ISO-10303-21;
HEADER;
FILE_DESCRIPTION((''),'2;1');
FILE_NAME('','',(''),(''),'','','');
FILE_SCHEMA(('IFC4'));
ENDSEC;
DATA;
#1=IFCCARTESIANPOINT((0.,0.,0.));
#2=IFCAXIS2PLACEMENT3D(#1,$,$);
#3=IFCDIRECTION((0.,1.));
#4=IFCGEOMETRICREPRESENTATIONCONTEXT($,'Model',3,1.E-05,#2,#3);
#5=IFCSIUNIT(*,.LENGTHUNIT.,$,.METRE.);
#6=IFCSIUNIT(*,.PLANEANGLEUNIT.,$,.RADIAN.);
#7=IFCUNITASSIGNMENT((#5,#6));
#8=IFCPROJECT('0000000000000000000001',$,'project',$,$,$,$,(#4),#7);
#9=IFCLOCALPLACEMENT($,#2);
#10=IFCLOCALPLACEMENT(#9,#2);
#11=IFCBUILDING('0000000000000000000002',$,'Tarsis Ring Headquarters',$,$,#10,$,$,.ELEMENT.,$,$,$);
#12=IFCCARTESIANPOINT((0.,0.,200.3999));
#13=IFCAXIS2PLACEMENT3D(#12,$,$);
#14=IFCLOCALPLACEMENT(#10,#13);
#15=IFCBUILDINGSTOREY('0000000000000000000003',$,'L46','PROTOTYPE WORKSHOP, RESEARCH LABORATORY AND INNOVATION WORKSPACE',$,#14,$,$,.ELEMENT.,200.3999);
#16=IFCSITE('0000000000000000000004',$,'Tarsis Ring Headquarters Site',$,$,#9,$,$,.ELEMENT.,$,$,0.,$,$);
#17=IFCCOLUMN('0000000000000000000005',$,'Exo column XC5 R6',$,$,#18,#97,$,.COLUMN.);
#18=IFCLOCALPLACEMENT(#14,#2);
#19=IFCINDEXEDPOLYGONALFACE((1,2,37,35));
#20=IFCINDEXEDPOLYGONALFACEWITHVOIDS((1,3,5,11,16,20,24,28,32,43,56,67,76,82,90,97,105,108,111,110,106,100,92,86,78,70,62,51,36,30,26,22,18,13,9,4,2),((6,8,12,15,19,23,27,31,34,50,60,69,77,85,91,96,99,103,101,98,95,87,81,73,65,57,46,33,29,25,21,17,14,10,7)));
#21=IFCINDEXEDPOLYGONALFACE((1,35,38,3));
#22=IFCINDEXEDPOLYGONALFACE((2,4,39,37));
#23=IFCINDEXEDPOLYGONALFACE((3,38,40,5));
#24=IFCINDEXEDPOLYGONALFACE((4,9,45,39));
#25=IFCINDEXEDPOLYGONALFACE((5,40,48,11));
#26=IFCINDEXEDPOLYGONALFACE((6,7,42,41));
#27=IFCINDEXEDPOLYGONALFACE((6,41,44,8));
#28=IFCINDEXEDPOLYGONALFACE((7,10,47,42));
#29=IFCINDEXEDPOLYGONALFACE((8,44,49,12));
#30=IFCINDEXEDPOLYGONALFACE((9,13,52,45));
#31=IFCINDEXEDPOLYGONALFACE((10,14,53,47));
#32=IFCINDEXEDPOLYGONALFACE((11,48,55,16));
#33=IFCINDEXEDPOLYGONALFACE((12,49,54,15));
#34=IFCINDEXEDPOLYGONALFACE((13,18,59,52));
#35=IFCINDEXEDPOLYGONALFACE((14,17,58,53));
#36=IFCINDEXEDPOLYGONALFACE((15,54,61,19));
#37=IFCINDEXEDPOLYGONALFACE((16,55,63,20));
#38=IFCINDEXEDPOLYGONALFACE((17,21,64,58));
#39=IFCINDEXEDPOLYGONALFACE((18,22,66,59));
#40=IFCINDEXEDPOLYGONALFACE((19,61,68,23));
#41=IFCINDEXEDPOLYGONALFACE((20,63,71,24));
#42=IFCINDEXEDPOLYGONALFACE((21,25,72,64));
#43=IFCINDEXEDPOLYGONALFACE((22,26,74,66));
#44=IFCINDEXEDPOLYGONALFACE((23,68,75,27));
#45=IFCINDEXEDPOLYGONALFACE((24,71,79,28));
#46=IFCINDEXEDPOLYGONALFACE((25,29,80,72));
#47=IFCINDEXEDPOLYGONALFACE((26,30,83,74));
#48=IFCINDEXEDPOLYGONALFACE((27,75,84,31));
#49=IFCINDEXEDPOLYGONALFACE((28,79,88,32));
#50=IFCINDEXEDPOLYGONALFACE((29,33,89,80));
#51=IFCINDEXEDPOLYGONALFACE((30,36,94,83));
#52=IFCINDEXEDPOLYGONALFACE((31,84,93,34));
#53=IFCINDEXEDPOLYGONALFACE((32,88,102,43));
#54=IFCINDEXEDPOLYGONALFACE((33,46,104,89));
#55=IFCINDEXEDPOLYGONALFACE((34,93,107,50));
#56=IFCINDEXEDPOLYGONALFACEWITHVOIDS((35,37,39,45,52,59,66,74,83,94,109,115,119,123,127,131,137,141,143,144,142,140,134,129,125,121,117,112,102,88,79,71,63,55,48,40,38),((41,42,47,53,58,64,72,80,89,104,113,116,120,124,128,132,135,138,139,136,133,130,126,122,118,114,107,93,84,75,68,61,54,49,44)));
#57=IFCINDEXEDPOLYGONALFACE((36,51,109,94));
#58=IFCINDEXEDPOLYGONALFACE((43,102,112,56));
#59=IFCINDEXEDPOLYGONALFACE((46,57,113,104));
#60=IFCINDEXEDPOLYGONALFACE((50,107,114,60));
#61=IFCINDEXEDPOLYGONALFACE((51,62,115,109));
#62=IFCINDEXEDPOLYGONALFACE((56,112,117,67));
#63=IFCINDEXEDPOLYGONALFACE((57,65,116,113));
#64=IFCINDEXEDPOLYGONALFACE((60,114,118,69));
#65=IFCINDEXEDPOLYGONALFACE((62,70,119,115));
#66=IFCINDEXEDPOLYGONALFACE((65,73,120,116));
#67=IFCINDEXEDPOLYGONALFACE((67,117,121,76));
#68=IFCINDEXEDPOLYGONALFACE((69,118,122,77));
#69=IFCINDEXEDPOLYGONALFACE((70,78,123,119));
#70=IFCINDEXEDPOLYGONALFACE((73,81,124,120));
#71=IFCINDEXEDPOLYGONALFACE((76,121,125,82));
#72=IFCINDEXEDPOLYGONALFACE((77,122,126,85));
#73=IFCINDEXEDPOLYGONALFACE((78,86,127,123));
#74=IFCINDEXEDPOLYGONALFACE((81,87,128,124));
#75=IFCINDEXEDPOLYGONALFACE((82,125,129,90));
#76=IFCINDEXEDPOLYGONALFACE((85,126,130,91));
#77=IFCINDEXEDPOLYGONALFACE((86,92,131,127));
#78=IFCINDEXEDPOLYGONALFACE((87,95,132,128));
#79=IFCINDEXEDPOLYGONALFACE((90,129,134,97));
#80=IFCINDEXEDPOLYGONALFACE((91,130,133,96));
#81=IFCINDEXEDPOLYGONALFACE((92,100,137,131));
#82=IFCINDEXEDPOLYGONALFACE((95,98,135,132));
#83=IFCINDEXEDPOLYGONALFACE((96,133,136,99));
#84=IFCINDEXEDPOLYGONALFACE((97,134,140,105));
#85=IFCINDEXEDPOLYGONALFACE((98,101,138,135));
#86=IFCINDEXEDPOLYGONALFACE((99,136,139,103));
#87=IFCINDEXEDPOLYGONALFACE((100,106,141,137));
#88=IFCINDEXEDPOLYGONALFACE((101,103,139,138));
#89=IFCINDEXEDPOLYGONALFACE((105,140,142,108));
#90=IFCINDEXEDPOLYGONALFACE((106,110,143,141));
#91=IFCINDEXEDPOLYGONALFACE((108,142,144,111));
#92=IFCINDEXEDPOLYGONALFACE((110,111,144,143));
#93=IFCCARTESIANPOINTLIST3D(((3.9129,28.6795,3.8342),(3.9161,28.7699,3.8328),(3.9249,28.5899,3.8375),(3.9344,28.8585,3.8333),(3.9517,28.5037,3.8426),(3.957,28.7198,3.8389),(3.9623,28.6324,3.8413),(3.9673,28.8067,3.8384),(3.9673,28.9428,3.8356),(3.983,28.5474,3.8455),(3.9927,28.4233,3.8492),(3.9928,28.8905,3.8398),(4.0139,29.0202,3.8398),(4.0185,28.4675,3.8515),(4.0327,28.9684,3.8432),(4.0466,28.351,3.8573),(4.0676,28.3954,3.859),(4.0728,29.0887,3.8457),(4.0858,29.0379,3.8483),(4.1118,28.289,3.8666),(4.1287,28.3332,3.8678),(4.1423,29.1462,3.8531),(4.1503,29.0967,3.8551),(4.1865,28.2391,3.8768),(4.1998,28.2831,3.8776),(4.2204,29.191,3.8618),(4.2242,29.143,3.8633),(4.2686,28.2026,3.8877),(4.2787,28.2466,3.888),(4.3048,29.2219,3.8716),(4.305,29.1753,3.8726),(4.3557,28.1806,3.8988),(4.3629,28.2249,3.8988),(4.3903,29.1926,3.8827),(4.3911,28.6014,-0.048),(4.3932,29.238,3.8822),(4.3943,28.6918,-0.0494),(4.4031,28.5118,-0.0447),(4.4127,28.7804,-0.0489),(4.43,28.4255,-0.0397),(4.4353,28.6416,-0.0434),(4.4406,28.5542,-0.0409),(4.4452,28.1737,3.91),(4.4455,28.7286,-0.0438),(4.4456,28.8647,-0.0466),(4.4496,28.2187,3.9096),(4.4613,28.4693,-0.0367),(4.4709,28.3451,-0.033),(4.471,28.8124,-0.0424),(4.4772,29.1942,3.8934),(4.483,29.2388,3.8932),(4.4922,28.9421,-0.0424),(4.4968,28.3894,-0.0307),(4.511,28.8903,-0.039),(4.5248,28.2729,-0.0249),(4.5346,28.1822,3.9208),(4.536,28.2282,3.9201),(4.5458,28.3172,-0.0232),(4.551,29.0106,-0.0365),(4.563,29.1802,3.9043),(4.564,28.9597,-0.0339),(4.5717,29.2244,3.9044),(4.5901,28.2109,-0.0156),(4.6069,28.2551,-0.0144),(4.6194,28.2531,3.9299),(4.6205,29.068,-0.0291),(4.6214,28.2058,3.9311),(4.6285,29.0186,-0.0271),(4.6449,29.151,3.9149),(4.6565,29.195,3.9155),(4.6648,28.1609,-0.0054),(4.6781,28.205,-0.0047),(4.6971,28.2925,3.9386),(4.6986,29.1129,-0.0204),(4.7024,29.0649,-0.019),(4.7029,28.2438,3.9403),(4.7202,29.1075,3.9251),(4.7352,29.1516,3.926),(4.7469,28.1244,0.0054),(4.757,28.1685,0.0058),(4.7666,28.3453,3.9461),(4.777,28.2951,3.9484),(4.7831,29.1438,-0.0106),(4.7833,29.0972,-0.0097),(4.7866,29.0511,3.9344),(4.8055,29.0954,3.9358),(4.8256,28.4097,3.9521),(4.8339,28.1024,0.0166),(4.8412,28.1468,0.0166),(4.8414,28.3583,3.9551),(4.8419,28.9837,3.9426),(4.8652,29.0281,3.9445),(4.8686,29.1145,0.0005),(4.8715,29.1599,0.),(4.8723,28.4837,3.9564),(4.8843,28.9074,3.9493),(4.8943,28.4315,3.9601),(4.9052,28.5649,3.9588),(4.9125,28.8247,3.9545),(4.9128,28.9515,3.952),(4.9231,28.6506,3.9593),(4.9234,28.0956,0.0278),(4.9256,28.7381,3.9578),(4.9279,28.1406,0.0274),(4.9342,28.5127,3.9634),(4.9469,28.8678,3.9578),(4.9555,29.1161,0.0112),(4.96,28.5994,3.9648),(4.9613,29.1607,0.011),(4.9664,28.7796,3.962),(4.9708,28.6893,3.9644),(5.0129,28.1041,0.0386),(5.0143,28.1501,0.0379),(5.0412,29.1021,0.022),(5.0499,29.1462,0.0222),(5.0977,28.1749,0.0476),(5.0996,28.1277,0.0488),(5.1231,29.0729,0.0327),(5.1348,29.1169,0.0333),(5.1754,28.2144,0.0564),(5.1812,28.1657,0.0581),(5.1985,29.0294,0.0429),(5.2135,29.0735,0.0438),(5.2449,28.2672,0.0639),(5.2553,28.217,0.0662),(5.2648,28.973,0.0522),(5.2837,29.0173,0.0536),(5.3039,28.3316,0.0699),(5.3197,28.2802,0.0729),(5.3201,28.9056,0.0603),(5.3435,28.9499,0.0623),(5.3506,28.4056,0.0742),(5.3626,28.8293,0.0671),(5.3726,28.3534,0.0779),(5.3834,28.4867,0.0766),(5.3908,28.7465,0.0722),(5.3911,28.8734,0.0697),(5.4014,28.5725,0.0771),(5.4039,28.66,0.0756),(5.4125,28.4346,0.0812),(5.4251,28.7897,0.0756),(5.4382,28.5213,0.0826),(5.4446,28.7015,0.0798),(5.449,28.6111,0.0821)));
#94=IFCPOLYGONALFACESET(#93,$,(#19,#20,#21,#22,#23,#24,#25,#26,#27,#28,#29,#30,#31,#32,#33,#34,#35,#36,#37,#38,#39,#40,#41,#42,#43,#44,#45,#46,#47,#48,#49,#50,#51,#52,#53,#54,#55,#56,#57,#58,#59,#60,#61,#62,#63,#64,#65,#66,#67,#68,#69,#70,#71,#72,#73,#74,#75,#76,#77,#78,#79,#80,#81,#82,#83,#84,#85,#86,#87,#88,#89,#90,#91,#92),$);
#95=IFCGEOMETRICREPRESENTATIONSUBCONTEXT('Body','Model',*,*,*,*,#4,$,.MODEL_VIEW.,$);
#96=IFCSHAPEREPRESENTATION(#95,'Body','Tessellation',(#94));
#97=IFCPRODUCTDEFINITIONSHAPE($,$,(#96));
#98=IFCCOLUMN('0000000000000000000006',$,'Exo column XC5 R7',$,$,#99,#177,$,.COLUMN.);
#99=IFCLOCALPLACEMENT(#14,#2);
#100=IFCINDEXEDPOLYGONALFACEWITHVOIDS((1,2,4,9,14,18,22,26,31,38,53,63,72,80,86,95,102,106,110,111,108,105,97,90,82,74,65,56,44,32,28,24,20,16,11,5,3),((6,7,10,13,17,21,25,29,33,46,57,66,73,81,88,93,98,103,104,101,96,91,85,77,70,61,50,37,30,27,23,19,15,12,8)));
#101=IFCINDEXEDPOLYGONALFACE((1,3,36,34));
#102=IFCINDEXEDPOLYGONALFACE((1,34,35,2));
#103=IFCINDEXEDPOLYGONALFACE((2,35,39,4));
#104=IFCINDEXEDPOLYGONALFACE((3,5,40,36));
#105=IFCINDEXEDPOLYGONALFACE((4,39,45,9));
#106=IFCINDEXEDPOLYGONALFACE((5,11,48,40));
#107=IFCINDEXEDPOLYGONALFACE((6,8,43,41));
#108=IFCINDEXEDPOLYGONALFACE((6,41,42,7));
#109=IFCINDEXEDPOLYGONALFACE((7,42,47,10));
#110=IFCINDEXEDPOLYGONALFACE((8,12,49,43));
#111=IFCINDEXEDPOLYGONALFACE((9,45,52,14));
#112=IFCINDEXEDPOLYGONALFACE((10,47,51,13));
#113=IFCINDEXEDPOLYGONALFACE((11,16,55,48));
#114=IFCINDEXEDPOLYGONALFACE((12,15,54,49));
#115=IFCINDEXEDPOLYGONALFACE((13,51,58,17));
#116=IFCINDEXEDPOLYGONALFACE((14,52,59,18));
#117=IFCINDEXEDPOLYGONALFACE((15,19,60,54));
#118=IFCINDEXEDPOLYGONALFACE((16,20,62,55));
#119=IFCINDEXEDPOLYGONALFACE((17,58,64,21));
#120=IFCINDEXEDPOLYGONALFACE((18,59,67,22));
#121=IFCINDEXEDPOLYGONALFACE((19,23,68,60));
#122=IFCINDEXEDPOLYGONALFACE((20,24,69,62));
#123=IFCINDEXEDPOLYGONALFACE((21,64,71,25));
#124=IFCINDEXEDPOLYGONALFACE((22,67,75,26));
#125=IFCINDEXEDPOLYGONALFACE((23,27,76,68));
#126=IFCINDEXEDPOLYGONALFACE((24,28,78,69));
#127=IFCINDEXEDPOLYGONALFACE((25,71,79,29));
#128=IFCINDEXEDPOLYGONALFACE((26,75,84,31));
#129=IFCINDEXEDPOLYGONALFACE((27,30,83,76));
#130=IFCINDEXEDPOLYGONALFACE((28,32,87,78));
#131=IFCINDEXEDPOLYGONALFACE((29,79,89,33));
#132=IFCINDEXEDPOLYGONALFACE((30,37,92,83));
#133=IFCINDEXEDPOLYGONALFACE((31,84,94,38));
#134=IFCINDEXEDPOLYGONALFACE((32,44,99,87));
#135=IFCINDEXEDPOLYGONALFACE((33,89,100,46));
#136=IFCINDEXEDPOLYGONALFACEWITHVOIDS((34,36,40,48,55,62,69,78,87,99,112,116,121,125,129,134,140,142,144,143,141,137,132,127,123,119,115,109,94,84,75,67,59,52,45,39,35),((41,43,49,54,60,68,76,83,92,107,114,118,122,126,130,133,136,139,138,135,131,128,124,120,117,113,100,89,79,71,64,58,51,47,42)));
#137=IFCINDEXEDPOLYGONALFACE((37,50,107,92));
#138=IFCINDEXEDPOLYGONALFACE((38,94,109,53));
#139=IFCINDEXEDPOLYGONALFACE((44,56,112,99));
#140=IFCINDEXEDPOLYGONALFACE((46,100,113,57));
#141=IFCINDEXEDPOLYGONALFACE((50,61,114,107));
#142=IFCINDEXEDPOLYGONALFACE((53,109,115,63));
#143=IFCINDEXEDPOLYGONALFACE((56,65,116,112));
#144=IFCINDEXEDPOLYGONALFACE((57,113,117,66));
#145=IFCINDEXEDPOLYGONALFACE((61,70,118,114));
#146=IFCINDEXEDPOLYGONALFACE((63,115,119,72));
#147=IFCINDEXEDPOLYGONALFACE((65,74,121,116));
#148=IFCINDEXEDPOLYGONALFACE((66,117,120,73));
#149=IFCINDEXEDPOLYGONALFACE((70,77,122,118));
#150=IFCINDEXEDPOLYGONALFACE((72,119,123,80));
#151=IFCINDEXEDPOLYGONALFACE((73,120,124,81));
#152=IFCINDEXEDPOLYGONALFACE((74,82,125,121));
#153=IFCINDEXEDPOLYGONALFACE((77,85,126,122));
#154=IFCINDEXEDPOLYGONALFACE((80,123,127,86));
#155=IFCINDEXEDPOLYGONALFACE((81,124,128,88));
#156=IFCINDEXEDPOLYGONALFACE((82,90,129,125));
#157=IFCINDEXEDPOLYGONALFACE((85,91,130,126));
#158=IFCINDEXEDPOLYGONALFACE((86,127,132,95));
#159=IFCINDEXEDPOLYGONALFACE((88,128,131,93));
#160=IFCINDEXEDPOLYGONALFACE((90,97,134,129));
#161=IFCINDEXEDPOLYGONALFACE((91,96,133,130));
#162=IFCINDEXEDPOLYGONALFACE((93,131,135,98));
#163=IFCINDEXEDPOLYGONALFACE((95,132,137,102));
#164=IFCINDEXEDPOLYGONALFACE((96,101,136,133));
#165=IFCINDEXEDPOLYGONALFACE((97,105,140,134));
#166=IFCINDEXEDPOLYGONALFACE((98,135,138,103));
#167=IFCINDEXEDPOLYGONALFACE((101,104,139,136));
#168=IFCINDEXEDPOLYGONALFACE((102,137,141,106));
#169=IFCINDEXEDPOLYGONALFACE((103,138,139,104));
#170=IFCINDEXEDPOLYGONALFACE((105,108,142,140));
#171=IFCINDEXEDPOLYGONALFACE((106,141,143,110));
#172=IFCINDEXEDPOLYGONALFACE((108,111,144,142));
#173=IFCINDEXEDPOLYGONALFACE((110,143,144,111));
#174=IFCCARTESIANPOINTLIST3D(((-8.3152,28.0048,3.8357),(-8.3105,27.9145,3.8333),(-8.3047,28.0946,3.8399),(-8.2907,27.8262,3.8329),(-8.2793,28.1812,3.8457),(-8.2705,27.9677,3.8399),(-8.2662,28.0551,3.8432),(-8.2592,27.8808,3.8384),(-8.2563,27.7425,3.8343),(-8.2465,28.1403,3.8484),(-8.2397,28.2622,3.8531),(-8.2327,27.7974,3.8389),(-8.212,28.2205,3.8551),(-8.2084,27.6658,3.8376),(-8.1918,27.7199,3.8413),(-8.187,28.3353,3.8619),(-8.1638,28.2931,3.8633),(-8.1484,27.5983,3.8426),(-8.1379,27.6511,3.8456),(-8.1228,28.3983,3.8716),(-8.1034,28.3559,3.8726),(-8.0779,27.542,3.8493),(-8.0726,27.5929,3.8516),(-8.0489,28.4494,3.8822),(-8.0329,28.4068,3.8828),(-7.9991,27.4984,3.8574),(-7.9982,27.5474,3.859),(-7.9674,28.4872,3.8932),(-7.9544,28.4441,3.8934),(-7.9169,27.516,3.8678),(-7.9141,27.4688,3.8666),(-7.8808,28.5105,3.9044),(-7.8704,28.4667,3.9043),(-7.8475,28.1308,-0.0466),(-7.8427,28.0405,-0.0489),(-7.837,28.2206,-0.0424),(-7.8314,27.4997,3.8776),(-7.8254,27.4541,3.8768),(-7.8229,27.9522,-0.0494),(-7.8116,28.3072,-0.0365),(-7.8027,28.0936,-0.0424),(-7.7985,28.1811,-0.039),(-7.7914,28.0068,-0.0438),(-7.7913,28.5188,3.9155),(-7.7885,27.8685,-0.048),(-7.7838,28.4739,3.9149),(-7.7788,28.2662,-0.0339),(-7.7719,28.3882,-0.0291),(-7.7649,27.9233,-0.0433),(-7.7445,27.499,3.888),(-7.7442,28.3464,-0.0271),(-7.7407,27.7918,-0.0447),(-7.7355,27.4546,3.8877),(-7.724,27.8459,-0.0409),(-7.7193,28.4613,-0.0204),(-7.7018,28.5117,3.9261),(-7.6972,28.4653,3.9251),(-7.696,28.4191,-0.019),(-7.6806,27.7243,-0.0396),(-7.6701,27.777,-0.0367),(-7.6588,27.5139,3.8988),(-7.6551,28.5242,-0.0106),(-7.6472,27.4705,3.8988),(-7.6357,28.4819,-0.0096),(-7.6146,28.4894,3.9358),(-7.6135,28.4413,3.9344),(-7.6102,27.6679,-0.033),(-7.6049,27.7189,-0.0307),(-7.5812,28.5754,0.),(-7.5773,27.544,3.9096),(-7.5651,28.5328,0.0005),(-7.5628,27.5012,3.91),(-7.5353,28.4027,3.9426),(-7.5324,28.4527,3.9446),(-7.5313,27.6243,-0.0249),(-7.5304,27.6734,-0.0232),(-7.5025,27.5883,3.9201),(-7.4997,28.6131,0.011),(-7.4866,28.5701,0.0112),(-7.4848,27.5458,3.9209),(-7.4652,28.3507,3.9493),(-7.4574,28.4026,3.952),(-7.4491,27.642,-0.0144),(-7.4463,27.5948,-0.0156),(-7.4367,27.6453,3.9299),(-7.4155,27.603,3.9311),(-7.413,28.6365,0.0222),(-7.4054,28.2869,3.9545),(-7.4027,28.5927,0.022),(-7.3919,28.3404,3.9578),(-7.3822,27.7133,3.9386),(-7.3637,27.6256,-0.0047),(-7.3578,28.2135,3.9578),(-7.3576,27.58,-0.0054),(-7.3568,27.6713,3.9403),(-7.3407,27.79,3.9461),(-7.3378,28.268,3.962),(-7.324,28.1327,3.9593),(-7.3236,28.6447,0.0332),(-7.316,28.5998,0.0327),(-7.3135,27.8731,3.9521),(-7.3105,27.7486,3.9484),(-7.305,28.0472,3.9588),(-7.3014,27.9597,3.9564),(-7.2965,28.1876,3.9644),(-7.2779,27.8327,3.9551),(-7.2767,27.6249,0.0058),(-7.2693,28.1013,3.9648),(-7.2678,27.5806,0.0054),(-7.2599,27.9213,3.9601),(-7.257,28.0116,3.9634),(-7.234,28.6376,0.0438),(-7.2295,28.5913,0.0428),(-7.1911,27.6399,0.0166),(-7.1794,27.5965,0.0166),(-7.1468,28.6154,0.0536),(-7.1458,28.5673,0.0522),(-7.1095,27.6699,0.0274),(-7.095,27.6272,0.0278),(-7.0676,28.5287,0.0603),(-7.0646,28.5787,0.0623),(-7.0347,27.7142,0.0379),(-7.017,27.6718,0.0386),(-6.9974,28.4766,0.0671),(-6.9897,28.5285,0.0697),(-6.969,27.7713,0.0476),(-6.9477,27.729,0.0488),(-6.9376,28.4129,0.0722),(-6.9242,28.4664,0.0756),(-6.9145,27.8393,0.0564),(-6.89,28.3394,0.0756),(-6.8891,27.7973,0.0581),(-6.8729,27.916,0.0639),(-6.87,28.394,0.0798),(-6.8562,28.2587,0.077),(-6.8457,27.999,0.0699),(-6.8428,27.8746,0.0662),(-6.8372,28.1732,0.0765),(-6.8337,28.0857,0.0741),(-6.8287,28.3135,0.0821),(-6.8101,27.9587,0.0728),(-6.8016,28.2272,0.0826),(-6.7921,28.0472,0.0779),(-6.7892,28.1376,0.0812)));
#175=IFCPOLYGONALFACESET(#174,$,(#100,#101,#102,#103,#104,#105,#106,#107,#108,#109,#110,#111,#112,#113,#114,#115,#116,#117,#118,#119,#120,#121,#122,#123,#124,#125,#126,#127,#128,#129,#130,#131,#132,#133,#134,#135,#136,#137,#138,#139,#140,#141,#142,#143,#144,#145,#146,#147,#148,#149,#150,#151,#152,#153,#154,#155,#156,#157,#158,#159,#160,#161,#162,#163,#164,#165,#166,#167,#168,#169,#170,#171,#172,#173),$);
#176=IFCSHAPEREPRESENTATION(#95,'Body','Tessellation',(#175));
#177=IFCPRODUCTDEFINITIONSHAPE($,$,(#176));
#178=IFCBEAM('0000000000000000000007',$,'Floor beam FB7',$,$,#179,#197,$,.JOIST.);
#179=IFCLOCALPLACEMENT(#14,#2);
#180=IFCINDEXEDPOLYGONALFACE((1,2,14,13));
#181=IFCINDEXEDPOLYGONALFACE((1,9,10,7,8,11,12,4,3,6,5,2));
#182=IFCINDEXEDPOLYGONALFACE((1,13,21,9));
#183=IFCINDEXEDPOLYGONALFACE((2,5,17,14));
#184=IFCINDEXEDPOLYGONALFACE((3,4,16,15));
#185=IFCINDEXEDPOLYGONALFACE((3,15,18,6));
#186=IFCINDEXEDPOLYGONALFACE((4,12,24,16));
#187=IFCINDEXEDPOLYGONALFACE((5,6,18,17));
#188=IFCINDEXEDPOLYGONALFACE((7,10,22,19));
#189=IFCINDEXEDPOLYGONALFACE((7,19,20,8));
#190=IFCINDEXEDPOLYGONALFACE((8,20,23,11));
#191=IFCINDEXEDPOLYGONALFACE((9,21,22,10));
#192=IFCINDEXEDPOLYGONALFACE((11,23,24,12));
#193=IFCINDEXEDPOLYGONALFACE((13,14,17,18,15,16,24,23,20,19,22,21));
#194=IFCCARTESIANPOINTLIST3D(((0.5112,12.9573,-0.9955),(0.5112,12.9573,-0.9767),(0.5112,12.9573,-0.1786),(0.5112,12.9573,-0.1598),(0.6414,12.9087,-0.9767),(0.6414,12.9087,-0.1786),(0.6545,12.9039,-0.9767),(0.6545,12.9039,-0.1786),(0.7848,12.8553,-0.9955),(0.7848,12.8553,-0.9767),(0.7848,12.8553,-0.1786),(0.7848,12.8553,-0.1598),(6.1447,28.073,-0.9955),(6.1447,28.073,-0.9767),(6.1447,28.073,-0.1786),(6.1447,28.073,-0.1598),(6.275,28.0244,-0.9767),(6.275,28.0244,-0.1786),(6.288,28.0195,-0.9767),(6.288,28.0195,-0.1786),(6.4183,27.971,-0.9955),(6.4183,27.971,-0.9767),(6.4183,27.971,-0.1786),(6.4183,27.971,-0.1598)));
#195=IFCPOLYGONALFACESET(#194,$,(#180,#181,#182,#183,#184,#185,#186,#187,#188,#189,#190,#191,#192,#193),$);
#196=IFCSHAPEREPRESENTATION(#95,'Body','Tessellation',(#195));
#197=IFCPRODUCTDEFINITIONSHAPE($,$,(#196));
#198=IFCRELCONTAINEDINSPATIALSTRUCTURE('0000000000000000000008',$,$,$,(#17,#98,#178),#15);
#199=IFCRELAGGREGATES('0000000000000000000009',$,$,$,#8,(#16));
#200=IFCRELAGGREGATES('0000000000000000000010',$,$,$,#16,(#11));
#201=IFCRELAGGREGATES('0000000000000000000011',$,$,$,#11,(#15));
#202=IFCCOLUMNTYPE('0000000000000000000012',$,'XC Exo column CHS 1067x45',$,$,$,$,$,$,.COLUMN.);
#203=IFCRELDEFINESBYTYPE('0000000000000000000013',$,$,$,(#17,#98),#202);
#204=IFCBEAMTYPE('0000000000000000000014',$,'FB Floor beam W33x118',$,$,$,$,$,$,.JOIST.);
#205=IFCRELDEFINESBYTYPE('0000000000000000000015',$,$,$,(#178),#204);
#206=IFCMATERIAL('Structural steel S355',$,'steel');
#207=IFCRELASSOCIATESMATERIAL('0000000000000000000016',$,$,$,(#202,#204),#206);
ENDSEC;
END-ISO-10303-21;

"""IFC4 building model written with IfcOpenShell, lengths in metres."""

from ifc_helpers import new_model, si_unit, direction, frame, origin, origin_2d, place, context, subcontext, project, spatial, hollow_circle, i_section, extrude, material, material_profile, profile_set, type_object, element, save


model = new_model("IFC4")

# Units and contexts
model_context = context("Model", 3, precision=1e-05, world=origin(), true_north=direction((0.0, 1.0)))
body_context = subcontext(model_context, "Body", "Model", "MODEL_VIEW")
ifc_project = project(units=[si_unit("LENGTHUNIT", "METRE"), si_unit("PLANEANGLEUNIT", "RADIAN")], contexts=[model_context])

# Site, building, storey
site_placement = place(None, origin())
site = spatial("IfcSite", under=ifc_project, at=site_placement, Name="Tarsis Ring Headquarters Site", CompositionType="ELEMENT", RefElevation=0.0)
building_placement = place(site_placement, origin())
building = spatial("IfcBuilding", under=site, at=building_placement, Name="Tarsis Ring Headquarters", CompositionType="ELEMENT")
storey_placement = place(building_placement, frame((0.0, 0.0, 200.3999)))
storey = spatial("IfcBuildingStorey", under=building, at=storey_placement, Name="L46", Description="PROTOTYPE WORKSHOP, RESEARCH LABORATORY AND INNOVATION WORKSPACE", CompositionType="ELEMENT", Elevation=200.3999)

# Columns
ifc_material_1 = material(Name="Structural steel S355", Category="steel")
ifc_material_profile_1 = material_profile(ifc_material_1, hollow_circle(Radius=0.5334, WallThickness=0.0449, at=origin_2d()), Name="CHS 1067x45")
ifc_profile_set_1 = profile_set([ifc_material_profile_1], Name="Structural steel S355")
column_type = type_object("IfcColumnType", Name="XC Exo column CHS 1067x45", PredefinedType="COLUMN", material=ifc_profile_set_1)
for number, where, z_axis, x_axis, name in (
    (1, (4.9199, 28.6289, 0.0166), (-0.122243, 0.019968, 0.992299), (-0.161212, -0.98692, 0.0), "Exo column XC5 R6"),
    (2, (-7.3181, 28.1116, 0.0166), (-0.119561, -0.032199, 0.992305), (0.260046, -0.965596, 0.0), "Exo column XC5 R7"),
):
    element("IfcColumn", number, at=place(storey_placement, frame(where, z_axis=z_axis, x_axis=x_axis)), inside=storey, type_object=column_type, Name=name, PredefinedType="COLUMN", context=body_context, shape_type="SweptSolid", body=[
        extrude(hollow_circle(Radius=0.5334, WallThickness=0.0449, at=origin_2d()), origin(), (0.0, 0.0, 1.0), 3.9124),
    ])

# Beam
ifc_material_profile_2 = material_profile(ifc_material_1, i_section(OverallWidth=0.292, OverallDepth=0.8357, WebThickness=0.0139, FlangeThickness=0.0188, at=origin_2d()), Name="W33x118")
ifc_profile_set_2 = profile_set([ifc_material_profile_2], Name="Structural steel S355")
beam_type_1 = type_object("IfcBeamType", Name="FB Floor beam W33x118", PredefinedType="JOIST", material=ifc_profile_set_2)
beam_1_placement = place(storey_placement, frame((6.2815, 28.022, -0.5776), z_axis=(-0.349229, -0.937038, 0.0), x_axis=(0.937038, -0.349229, 0.0)))
element("IfcBeam", 3, at=beam_1_placement, inside=storey, type_object=beam_type_1, Name="Floor beam FB7", PredefinedType="JOIST", context=body_context, shape_type="SweptSolid", body=[
    extrude(i_section(OverallWidth=0.292, OverallDepth=0.8357, WebThickness=0.0139, FlangeThickness=0.0188, at=origin_2d()), origin(), (0.0, 0.0, 1.0), 16.1313),
])

save(model, "model.ifc")
